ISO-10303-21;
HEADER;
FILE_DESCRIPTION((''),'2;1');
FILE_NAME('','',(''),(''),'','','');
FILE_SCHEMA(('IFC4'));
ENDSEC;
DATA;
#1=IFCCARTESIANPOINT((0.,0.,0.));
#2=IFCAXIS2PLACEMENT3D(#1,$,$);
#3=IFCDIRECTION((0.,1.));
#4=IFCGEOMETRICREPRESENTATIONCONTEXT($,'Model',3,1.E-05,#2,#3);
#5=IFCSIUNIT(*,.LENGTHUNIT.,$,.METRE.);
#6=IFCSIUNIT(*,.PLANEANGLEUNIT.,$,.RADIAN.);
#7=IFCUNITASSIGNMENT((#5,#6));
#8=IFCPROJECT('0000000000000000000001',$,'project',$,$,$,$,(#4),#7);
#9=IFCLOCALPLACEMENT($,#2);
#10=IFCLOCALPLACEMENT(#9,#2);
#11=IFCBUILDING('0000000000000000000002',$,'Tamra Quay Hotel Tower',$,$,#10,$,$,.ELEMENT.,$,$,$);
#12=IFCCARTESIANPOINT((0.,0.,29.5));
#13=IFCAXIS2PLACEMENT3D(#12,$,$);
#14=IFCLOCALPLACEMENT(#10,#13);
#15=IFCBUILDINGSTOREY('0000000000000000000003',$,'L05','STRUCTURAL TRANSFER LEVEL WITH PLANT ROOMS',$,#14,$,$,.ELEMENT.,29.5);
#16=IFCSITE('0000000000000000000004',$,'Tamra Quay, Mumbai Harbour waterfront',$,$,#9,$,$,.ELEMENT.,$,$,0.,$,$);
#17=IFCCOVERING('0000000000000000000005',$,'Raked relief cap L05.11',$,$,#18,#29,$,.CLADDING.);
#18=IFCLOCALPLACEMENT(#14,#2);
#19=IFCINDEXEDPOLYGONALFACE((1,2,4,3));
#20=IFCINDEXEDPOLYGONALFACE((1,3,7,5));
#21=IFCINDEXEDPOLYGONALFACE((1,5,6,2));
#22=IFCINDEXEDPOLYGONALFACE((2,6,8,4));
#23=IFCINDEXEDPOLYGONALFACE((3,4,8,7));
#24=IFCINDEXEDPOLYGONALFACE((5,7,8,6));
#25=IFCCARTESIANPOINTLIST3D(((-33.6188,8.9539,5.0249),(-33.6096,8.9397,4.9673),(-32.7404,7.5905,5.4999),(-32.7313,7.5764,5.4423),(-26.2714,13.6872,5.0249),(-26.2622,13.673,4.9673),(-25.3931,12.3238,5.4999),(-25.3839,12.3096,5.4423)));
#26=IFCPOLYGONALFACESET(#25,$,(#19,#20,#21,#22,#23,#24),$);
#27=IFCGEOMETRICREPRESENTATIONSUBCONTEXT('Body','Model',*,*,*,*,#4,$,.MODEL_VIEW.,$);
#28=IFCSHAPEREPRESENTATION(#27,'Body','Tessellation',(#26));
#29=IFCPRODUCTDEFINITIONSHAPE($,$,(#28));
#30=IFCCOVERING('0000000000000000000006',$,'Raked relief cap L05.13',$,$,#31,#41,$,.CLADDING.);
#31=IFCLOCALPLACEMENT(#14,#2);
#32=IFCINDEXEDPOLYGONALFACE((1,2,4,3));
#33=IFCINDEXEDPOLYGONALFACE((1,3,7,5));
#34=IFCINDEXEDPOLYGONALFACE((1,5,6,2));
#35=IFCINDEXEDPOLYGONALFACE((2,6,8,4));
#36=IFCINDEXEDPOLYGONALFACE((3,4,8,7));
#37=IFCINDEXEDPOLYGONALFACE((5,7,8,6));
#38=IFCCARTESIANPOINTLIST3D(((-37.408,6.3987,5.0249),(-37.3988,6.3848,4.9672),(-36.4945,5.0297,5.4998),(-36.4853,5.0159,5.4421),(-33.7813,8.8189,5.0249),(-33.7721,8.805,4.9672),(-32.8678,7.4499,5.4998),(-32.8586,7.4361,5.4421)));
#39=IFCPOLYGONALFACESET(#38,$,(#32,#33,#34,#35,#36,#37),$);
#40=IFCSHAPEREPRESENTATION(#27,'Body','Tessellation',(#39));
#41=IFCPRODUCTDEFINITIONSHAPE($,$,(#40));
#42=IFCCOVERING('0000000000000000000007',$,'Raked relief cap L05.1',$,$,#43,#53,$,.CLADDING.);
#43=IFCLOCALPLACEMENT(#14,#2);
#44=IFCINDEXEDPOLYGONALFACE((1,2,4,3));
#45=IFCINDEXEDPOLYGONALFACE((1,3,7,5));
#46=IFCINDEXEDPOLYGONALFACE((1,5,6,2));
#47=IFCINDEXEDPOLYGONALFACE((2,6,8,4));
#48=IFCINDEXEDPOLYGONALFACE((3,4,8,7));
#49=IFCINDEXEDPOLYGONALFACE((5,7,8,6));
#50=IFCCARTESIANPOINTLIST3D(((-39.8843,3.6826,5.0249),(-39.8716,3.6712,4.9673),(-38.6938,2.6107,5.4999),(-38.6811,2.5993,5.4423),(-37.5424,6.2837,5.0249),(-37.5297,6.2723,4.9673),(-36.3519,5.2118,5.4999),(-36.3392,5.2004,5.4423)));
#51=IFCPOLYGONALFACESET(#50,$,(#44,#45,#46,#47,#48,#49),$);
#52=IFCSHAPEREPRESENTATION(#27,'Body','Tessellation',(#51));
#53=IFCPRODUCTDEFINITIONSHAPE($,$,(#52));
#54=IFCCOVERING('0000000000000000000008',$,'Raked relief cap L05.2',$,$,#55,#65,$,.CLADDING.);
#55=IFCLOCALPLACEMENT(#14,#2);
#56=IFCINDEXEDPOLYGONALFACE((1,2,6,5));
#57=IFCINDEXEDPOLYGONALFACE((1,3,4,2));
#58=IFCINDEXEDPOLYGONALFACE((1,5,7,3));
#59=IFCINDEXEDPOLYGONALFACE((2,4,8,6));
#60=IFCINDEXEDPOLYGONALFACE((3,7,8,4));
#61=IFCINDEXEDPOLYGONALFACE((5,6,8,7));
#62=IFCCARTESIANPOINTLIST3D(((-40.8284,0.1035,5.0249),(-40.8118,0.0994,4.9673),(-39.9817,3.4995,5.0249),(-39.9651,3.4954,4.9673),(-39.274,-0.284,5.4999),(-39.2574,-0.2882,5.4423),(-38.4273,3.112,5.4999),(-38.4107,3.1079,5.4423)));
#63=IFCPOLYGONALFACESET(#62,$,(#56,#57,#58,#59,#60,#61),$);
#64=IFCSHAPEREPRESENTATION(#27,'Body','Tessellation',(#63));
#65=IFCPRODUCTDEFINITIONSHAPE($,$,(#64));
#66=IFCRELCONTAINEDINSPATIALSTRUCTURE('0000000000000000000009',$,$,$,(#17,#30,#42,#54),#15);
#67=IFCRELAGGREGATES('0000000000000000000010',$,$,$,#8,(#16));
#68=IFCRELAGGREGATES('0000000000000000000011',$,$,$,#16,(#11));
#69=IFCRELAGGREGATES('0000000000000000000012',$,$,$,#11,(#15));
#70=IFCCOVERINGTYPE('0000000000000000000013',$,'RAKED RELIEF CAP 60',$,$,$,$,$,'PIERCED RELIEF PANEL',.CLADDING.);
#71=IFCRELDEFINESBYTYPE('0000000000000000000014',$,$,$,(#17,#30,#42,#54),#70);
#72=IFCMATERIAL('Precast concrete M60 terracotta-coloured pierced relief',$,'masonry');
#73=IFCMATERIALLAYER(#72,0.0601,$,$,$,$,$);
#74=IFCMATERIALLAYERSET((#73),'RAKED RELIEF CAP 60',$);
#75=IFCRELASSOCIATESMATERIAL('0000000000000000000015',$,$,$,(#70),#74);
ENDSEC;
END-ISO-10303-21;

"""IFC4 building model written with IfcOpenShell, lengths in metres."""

from ifc_helpers import new_model, si_unit, direction, frame, frame_2d, origin, place, context, subcontext, project, spatial, rectangle, extrude, source, transform, mapped, material, layer, layer_set, type_object, element, save


model = new_model("IFC4")

# Units and contexts
model_context = context("Model", 3, precision=1e-05, world=origin(), true_north=direction((0.0, 1.0)))
body_context = subcontext(model_context, "Body", "Model", "MODEL_VIEW")
ifc_project = project(units=[si_unit("LENGTHUNIT", "METRE"), si_unit("PLANEANGLEUNIT", "RADIAN")], contexts=[model_context])

# Site, building, storey
site_placement = place(None, origin())
site = spatial("IfcSite", under=ifc_project, at=site_placement, Name="Tamra Quay, Mumbai Harbour waterfront", CompositionType="ELEMENT", RefElevation=0.0)
building_placement = place(site_placement, origin())
building = spatial("IfcBuilding", under=site, at=building_placement, Name="Tamra Quay Hotel Tower", CompositionType="ELEMENT")
storey_placement = place(building_placement, frame((0.0, 0.0, 29.5)))
storey = spatial("IfcBuildingStorey", under=building, at=storey_placement, Name="L05", Description="STRUCTURAL TRANSFER LEVEL WITH PLANT ROOMS", CompositionType="ELEMENT", Elevation=29.5)

# Coverings
ifc_material_1 = material(Name="Precast concrete M60 terracotta-coloured pierced relief", Category="masonry")
ifc_layer_1 = layer(ifc_material_1, 0.0601)
ifc_layer_set_1 = layer_set([ifc_layer_1], Name="RAKED RELIEF CAP 60")
covering_type_1 = type_object("IfcCoveringType", Name="RAKED RELIEF CAP 60", ElementType="PIERCED RELIEF PANEL", PredefinedType="CLADDING", material=ifc_layer_set_1)
shared_shape_1 = source(origin(), body_context, "Body", "SweptSolid", [
    extrude(rectangle(XDim=8.74, YDim=1.6899, at=frame_2d((4.3701, 0.845))), frame((-4.3701, 0.0, -0.0601)), (0.0, 0.0, 1.0), 0.0601),
])
covering_1_placement = place(storey_placement, frame((-29.9451, 11.3206, 5.0249), z_axis=(-0.152225, 0.236298, 0.959683), x_axis=(-0.840661, -0.541562, 0.0)))
element("IfcCovering", 1, at=covering_1_placement, inside=storey, type_object=covering_type_1, Name="Raked relief cap L05.11", PredefinedType="CLADDING", context=body_context, shape_type="MappedRepresentation", body=[
    mapped(shared_shape_1, transform((0.0, 0.0, 0.0), scale=1.0)),
])
shared_shape_2 = source(origin(), body_context, "Body", "SweptSolid", [
    extrude(rectangle(XDim=4.3601, YDim=1.7129, at=frame_2d((2.1802, 0.8564))), frame((-2.1799, 0.0, -0.0601)), (0.0, 0.0, 1.0), 0.0601),
])
covering_2_placement = place(storey_placement, frame((-35.5945, 7.6089, 5.0249), z_axis=(-0.153903, 0.230628, 0.960794), x_axis=(-0.831798, -0.555078, 0.0)))
element("IfcCovering", 2, at=covering_2_placement, inside=storey, type_object=covering_type_1, Name="Raked relief cap L05.13", PredefinedType="CLADDING", context=body_context, shape_type="MappedRepresentation", body=[
    mapped(shared_shape_2, transform((0.0, 0.0, 0.0), scale=1.0)),
])
shared_shape_3 = source(origin(), body_context, "Body", "SweptSolid", [
    extrude(rectangle(XDim=3.5, YDim=1.6709, at=frame_2d((1.75, 0.8354))), frame((-1.75, 0.0, -0.0601)), (0.0, 0.0, 1.0), 0.0601),
])
for number, where, z_axis, x_axis, name in (
    (3, (-38.7134, 4.9832, 5.0249), (-0.211243, 0.190195, 0.95875), (-0.669112, -0.743161, 0.0), "Raked relief cap L05.1"),
    (4, (-40.405, 1.8015, 5.0249), (-0.275807, 0.068764, 0.95875), (-0.241914, -0.970298, 0.0), "Raked relief cap L05.2"),
):
    element("IfcCovering", number, at=place(storey_placement, frame(where, z_axis=z_axis, x_axis=x_axis)), inside=storey, type_object=covering_type_1, Name=name, PredefinedType="CLADDING", context=body_context, shape_type="MappedRepresentation", body=[
        mapped(shared_shape_3, transform((0.0, 0.0, 0.0), scale=1.0)),
    ])

save(model, "model.ifc")
